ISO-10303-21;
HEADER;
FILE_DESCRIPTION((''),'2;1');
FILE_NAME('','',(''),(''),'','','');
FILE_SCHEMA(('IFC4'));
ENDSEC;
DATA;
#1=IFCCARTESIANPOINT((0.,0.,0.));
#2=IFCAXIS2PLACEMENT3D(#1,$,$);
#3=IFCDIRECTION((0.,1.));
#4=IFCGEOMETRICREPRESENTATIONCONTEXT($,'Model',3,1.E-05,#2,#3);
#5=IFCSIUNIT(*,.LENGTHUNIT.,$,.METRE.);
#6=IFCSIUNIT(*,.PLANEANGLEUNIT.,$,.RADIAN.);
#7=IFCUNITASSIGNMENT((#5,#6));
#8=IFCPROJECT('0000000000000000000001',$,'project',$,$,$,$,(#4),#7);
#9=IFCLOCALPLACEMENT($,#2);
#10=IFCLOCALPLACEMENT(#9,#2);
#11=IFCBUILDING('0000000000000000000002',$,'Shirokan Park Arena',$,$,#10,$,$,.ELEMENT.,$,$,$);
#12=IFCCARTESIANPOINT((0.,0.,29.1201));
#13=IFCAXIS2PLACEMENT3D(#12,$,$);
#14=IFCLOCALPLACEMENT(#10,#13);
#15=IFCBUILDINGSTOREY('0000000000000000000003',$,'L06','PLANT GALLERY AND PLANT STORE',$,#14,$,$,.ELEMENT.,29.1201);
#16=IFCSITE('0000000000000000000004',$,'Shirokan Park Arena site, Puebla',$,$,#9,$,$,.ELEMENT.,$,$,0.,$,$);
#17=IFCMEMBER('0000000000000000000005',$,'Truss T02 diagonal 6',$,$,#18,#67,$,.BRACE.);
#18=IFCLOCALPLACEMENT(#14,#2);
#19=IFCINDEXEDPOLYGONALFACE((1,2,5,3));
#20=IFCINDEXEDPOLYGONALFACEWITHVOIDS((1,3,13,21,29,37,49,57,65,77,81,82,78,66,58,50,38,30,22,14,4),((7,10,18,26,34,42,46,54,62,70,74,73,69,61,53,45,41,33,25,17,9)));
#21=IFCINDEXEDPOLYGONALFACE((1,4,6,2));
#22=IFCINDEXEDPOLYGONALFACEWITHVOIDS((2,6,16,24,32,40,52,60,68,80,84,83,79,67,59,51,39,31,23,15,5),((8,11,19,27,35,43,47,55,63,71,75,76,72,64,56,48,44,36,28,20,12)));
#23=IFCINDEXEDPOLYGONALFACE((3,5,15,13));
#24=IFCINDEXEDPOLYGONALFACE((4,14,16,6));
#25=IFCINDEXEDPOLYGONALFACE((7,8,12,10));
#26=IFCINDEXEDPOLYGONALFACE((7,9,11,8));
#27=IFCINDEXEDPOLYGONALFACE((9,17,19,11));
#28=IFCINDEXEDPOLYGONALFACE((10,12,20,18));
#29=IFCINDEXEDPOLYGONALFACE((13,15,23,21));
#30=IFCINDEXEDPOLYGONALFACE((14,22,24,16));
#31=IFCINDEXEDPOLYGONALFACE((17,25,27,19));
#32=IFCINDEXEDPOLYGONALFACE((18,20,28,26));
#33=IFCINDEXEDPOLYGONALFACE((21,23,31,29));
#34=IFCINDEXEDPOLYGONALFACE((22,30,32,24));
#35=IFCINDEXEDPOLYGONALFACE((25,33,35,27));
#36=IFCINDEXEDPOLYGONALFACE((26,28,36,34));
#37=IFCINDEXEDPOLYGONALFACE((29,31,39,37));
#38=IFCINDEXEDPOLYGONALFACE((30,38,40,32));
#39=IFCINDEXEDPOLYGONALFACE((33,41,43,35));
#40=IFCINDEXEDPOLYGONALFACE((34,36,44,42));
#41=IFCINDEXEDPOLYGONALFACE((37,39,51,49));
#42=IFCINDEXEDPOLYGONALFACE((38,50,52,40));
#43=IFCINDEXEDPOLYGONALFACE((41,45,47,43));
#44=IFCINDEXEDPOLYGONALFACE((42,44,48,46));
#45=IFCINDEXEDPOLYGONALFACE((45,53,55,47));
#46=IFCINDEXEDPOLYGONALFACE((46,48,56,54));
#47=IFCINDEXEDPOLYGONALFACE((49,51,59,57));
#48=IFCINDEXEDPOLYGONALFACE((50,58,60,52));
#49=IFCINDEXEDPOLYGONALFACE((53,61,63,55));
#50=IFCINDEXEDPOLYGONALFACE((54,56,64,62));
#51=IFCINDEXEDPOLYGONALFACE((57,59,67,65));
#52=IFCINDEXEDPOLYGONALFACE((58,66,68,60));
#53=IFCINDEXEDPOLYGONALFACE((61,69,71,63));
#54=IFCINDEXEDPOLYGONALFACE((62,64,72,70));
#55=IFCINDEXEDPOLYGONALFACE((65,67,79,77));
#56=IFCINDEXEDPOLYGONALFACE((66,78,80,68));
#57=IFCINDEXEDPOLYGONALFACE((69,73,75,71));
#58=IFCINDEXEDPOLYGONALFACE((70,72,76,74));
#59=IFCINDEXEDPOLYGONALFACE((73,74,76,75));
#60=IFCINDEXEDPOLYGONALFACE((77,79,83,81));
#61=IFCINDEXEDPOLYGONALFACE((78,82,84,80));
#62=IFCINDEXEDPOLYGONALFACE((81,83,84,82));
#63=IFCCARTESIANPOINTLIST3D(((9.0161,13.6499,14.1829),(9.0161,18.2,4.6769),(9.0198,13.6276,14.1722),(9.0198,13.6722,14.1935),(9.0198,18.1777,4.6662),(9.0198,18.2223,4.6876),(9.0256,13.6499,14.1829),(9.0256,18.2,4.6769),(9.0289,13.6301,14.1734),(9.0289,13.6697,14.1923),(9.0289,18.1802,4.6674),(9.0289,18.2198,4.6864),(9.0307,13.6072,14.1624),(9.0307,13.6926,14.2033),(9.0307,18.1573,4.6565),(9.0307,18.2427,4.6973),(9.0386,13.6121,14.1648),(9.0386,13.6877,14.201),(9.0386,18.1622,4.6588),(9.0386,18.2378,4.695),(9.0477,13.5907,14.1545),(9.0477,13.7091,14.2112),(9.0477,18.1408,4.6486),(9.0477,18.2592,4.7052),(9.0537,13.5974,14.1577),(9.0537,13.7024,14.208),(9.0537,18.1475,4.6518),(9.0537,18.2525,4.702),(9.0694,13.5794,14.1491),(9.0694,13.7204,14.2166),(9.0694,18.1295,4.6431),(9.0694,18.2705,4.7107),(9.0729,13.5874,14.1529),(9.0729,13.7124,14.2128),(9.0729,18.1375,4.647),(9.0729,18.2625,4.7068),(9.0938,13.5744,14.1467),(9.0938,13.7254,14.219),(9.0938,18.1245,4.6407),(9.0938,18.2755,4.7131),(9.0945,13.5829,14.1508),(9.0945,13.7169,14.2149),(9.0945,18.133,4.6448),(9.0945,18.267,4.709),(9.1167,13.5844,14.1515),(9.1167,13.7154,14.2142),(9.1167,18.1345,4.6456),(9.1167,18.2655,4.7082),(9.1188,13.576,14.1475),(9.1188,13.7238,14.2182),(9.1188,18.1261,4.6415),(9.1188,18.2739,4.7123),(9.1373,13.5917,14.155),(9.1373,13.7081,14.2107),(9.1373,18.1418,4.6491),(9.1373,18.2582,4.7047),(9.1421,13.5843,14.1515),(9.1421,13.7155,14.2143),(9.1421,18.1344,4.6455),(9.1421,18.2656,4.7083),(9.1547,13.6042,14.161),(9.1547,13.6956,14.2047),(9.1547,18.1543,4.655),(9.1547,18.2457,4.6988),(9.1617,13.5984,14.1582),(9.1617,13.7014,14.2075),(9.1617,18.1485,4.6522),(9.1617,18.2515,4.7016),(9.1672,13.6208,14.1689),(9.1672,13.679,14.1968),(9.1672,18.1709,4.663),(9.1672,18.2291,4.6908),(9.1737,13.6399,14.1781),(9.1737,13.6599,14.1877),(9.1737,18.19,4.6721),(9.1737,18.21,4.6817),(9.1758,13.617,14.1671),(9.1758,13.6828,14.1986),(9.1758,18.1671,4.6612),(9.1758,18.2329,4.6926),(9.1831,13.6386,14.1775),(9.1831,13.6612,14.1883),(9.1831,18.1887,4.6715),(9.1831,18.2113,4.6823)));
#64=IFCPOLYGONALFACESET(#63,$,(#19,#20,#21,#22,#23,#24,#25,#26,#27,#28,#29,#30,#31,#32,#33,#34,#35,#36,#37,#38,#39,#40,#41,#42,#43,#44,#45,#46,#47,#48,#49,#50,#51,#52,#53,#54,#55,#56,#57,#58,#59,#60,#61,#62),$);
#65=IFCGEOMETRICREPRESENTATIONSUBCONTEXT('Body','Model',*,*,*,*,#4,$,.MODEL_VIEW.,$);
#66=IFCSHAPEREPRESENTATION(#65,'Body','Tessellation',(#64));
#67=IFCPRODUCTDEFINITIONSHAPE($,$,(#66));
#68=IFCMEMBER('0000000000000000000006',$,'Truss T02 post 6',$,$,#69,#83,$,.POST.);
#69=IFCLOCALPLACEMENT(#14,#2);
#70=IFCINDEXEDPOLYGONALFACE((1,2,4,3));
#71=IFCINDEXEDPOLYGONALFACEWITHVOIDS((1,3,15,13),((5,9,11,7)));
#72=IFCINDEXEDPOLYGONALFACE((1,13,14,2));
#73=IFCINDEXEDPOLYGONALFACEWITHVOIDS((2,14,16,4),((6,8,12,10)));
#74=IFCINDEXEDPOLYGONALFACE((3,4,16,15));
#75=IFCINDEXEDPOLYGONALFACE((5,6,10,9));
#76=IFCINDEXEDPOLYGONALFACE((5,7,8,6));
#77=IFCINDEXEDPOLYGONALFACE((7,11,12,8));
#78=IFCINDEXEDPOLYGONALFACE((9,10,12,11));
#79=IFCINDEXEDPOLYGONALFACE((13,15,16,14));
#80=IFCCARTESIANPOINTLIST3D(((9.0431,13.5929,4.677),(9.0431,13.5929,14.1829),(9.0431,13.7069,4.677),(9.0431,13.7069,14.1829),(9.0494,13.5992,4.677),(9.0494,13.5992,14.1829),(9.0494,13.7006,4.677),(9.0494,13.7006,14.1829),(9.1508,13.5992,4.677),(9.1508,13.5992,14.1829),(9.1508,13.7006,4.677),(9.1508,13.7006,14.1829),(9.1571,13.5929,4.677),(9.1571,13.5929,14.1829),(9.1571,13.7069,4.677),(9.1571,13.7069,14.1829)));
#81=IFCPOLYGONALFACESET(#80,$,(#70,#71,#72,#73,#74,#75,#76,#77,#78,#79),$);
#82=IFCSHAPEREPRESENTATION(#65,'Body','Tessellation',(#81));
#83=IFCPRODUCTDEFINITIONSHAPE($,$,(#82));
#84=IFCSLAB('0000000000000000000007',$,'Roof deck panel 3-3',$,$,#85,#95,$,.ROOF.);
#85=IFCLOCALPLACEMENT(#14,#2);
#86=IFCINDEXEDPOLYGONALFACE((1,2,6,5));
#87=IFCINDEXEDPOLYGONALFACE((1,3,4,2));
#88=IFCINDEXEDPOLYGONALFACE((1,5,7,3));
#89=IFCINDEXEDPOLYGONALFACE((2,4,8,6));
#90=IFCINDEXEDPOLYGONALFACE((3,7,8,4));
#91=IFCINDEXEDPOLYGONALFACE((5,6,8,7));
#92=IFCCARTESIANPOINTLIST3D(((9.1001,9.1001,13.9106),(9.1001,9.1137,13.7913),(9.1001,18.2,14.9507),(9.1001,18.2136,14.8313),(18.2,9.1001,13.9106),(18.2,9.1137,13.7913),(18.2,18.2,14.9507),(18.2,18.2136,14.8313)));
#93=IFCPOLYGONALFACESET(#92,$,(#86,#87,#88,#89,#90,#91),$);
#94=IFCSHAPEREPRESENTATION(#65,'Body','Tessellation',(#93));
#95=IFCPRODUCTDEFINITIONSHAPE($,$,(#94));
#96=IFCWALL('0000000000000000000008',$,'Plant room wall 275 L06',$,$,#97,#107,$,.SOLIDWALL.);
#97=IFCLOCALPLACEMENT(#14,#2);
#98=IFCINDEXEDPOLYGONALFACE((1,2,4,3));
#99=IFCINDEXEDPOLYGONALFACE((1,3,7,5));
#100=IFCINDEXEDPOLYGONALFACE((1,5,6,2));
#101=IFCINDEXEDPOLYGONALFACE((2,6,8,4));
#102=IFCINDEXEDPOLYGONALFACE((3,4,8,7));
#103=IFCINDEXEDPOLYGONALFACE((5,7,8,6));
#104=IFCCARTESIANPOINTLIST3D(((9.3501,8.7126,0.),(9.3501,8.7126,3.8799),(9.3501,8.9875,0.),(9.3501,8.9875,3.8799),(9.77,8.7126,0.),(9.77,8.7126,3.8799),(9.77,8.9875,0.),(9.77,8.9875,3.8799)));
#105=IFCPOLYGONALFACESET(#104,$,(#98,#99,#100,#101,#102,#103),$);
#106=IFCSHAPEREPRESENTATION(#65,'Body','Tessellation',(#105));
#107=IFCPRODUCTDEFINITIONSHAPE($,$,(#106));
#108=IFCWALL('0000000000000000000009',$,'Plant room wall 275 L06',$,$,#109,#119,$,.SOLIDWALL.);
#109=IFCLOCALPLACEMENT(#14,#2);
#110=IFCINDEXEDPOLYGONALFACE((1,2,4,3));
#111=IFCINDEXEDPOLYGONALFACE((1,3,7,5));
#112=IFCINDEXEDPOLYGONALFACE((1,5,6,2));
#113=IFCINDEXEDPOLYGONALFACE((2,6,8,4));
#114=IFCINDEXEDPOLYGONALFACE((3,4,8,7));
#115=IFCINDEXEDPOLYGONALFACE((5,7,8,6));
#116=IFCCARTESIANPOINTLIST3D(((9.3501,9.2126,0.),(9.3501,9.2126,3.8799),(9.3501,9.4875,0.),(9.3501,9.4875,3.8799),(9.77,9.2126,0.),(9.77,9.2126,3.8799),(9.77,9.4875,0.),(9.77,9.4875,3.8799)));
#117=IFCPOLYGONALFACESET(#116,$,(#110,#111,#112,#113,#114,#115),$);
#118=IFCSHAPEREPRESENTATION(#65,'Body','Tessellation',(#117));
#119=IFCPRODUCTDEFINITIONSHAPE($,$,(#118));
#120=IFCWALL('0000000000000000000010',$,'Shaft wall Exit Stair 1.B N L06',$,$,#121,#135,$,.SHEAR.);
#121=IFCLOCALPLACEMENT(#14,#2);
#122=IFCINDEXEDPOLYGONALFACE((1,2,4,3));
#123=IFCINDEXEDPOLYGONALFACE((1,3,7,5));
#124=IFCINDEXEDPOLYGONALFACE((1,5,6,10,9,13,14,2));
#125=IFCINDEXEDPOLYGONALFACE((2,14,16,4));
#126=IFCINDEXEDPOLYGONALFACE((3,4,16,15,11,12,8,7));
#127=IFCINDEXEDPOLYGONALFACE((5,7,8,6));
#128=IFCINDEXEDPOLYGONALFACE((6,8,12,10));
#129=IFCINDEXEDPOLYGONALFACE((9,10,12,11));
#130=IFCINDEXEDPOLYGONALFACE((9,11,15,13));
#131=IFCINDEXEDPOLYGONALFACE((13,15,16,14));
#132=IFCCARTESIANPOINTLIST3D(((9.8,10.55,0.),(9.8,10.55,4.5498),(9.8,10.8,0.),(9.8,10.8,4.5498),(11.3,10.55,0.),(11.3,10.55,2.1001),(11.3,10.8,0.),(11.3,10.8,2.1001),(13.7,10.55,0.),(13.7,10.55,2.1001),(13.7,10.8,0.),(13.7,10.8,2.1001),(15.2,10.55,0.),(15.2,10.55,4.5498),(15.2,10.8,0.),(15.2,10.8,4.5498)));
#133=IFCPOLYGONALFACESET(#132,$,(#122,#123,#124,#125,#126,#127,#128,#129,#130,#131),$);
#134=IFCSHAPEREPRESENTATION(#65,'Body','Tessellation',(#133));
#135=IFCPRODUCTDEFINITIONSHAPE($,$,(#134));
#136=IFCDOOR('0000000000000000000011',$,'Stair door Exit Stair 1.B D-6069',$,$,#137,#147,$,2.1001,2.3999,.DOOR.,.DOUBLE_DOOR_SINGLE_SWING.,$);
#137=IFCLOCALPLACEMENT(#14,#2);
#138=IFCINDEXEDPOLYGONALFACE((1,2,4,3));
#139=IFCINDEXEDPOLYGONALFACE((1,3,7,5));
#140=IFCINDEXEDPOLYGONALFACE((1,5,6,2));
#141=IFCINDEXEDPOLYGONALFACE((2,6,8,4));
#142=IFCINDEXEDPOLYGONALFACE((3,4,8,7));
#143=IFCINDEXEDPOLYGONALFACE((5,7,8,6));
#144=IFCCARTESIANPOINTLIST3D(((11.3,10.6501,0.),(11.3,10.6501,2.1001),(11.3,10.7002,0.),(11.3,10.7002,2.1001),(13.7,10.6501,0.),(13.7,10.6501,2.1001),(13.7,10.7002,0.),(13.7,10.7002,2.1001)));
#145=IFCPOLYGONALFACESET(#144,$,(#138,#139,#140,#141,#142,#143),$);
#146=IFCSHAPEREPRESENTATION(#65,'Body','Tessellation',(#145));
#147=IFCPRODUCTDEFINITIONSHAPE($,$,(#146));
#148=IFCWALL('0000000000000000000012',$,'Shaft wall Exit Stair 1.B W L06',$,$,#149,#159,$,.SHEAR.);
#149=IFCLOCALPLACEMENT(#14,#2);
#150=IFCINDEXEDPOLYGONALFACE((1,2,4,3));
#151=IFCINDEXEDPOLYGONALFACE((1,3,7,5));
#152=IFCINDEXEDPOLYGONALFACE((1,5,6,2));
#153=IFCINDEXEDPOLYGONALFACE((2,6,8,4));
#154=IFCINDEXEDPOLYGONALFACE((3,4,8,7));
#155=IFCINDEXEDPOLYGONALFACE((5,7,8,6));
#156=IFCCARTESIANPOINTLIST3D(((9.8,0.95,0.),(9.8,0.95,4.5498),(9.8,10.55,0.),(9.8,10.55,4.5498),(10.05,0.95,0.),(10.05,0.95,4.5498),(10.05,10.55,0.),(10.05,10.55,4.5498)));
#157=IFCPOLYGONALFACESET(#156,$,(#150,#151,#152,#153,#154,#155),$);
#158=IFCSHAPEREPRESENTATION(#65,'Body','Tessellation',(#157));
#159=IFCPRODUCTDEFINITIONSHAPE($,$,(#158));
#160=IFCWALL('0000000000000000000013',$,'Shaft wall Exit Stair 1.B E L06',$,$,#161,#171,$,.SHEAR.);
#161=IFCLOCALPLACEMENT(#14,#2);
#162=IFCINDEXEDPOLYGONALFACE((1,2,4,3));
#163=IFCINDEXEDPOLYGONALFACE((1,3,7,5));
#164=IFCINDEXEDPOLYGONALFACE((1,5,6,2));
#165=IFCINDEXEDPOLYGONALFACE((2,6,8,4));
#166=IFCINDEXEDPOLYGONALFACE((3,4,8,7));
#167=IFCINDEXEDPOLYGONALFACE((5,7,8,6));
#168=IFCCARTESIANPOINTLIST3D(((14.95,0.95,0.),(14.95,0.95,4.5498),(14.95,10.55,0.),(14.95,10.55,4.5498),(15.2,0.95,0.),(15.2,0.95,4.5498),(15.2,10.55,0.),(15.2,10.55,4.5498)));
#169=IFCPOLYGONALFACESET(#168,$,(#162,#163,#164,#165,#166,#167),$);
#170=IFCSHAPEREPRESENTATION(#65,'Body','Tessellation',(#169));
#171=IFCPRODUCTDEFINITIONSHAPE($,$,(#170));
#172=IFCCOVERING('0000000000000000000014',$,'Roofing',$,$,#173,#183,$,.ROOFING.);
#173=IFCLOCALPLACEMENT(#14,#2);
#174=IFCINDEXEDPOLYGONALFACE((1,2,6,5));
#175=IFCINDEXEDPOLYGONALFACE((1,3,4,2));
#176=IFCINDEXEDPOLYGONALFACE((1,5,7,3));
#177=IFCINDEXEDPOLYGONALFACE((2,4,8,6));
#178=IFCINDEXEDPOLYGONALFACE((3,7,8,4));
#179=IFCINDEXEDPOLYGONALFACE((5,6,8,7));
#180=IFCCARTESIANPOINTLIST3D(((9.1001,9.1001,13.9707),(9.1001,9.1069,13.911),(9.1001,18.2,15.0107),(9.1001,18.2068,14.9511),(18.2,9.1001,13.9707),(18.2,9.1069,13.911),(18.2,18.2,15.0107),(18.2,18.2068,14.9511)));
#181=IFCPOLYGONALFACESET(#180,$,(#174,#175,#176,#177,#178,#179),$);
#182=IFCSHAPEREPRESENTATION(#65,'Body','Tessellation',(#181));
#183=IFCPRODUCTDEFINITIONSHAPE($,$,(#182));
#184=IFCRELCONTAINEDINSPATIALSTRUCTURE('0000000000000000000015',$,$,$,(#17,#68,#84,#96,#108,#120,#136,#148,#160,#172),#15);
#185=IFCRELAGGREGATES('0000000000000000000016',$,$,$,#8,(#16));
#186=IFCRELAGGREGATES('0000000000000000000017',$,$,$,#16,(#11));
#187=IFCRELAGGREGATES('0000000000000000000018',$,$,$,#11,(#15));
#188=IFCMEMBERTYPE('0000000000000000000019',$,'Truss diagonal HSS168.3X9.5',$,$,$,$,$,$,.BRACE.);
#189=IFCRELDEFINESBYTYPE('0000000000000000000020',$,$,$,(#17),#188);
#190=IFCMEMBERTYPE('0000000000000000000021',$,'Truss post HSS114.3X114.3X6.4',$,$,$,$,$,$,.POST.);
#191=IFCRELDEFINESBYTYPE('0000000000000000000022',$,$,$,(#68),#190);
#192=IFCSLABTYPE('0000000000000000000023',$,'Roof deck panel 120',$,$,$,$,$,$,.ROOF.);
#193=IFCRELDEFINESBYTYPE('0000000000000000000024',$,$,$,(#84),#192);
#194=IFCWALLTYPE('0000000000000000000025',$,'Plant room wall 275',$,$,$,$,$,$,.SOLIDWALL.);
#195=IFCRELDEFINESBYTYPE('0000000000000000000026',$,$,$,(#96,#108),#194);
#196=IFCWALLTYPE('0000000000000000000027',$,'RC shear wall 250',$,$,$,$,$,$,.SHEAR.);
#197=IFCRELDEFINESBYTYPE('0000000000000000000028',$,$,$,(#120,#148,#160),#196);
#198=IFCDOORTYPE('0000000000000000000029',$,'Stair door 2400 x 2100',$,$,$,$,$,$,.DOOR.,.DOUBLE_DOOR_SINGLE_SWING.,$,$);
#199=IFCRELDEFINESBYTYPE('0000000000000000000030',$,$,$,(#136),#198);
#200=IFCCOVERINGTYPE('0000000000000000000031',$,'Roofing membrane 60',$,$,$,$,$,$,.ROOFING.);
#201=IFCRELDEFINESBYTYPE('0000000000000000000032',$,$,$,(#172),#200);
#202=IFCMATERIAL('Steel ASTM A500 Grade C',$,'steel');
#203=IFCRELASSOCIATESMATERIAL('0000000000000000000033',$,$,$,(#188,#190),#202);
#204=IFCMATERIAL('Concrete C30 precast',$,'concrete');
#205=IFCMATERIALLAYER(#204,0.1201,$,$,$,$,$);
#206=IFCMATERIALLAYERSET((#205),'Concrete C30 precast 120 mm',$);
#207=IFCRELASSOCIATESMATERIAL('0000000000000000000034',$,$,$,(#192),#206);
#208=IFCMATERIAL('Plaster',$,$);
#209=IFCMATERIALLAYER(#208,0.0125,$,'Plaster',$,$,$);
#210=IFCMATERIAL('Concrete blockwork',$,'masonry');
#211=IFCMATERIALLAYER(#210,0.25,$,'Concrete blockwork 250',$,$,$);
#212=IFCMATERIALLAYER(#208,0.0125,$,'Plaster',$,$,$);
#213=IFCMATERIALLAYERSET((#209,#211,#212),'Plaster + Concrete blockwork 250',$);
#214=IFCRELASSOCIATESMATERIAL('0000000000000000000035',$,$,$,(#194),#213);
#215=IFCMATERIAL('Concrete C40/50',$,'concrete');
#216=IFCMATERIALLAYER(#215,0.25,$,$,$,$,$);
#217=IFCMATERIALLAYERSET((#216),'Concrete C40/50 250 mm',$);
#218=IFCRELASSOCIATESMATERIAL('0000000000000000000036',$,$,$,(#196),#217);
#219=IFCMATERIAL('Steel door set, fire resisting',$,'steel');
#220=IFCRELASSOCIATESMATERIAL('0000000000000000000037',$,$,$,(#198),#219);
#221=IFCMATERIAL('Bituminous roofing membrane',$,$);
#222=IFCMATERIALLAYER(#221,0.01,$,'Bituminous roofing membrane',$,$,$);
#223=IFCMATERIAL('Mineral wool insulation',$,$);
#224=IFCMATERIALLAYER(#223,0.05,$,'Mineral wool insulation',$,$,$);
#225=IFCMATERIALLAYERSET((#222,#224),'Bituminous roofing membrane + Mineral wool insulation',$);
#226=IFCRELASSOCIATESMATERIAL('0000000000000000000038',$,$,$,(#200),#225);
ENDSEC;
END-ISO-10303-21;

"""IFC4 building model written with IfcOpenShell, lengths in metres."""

from ifc_helpers import new_model, si_unit, direction, frame, frame_2d, origin, origin_2d, place, context, subcontext, project, spatial, polyline, rectangle, hollow_rectangle, hollow_circle, outline, extrude, material, layer, layer_set, material_profile, profile_set, type_object, element, fill, save


model = new_model("IFC4")

# Units and contexts
model_context = context("Model", 3, precision=1e-05, world=origin(), true_north=direction((0.0, 1.0)))
body_context = subcontext(model_context, "Body", "Model", "MODEL_VIEW")
ifc_project = project(units=[si_unit("LENGTHUNIT", "METRE"), si_unit("PLANEANGLEUNIT", "RADIAN")], contexts=[model_context])

# Site, building, storey
site_placement = place(None, origin())
site = spatial("IfcSite", under=ifc_project, at=site_placement, Name="Shirokan Park Arena site, Puebla", CompositionType="ELEMENT", RefElevation=0.0)
building_placement = place(site_placement, origin())
building = spatial("IfcBuilding", under=site, at=building_placement, Name="Shirokan Park Arena", CompositionType="ELEMENT")
storey_placement = place(building_placement, frame((0.0, 0.0, 29.1201)))
storey = spatial("IfcBuildingStorey", under=building, at=storey_placement, Name="L06", Description="PLANT GALLERY AND PLANT STORE", CompositionType="ELEMENT", Elevation=29.1201)

# Shared definitions
ifc_material_1 = material(Name="Steel ASTM A500 Grade C", Category="steel")

# Members
ifc_material_profile_1 = material_profile(ifc_material_1, hollow_circle(Radius=0.084, WallThickness=0.0095, at=origin_2d()), Name="HSS168.3X9.5")
ifc_profile_set_1 = profile_set([ifc_material_profile_1], Name="Steel ASTM A500 Grade C")
member_type_1 = type_object("IfcMemberType", Name="Truss diagonal HSS168.3X9.5", PredefinedType="BRACE", material=ifc_profile_set_1)
member_1_placement = place(storey_placement, frame((9.1001, 13.6499, 14.1829), z_axis=(0.0, 0.431746, -0.901995), x_axis=(-1.0, 0.0, 0.0)))
element("IfcMember", 1, at=member_1_placement, inside=storey, type_object=member_type_1, Name="Truss T02 diagonal 6", PredefinedType="BRACE", context=body_context, shape_type="SweptSolid", body=[
    extrude(hollow_circle(Radius=0.084, WallThickness=0.0095, at=origin_2d()), origin(), (0.0, 0.0, 1.0), 10.5388),
])
ifc_material_profile_2 = material_profile(ifc_material_1, hollow_rectangle(XDim=0.114, YDim=0.114, WallThickness=0.0063, at=origin_2d()), Name="HSS114.3X114.3X6.4")
ifc_profile_set_2 = profile_set([ifc_material_profile_2], Name="Steel ASTM A500 Grade C")
member_type_2 = type_object("IfcMemberType", Name="Truss post HSS114.3X114.3X6.4", PredefinedType="POST", material=ifc_profile_set_2)
member_2_placement = place(storey_placement, frame((9.1001, 13.6499, 4.677), z_axis=(0.0, 0.0, 1.0), x_axis=(1.0, 0.0, 0.0)))
element("IfcMember", 2, at=member_2_placement, inside=storey, type_object=member_type_2, Name="Truss T02 post 6", PredefinedType="POST", context=body_context, shape_type="SweptSolid", body=[
    extrude(hollow_rectangle(XDim=0.114, YDim=0.114, WallThickness=0.0063, at=origin_2d()), origin(), (0.0, 0.0, 1.0), 9.5059),
])

# Slab
ifc_material_2 = material(Name="Concrete C30 precast", Category="concrete")
ifc_layer_1 = layer(ifc_material_2, 0.1201)
ifc_layer_set_1 = layer_set([ifc_layer_1], Name="Concrete C30 precast 120 mm")
slab_type = type_object("IfcSlabType", Name="Roof deck panel 120", PredefinedType="ROOF", material=ifc_layer_set_1)
slab_placement = place(storey_placement, frame((9.1001, 9.1001, 13.9106), z_axis=(0.0, -0.113553, 0.993532), x_axis=(1.0, 0.0, 0.0)))
element("IfcSlab", 3, at=slab_placement, inside=storey, type_object=slab_type, Name="Roof deck panel 3-3", PredefinedType="ROOF", context=body_context, shape_type="SweptSolid", body=[
    extrude(outline(polyline([(0.0, 0.0), (9.0999, 0.0), (9.0999, 9.1591), (0.0, 9.1591), (0.0, 0.0)])), origin(), (0.0, 0.0, -1.0), 0.1201),
])

# Walls
ifc_material_3 = material(Name="Plaster")
ifc_layer_2 = layer(ifc_material_3, 0.0125, Name="Plaster")
ifc_material_4 = material(Name="Concrete blockwork", Category="masonry")
ifc_layer_3 = layer(ifc_material_4, 0.25, Name="Concrete blockwork 250")
ifc_layer_4 = layer(ifc_material_3, 0.0125, Name="Plaster")
ifc_layer_set_2 = layer_set([ifc_layer_2, ifc_layer_3, ifc_layer_4], Name="Plaster + Concrete blockwork 250")
wall_type_1 = type_object("IfcWallType", Name="Plant room wall 275", PredefinedType="SOLIDWALL", material=ifc_layer_set_2)
for number, where, z_axis, x_axis, name in (
    (4, (9.3501, 8.8501, 0.0), (0.0, 0.0, 1.0), (1.0, 0.0, 0.0), "Plant room wall 275 L06"),
    (5, (9.77, 9.3501, 0.0), (0.0, 0.0, 1.0), (-1.0, 0.0, 0.0), "Plant room wall 275 L06"),
):
    element("IfcWall", number, at=place(storey_placement, frame(where, z_axis=z_axis, x_axis=x_axis)), inside=storey, type_object=wall_type_1, Name=name, PredefinedType="SOLIDWALL", context=body_context, shape_type="SweptSolid", body=[
        extrude(rectangle(XDim=0.4199, YDim=0.2749, at=frame_2d((0.21, 0.0))), origin(), (0.0, 0.0, 1.0), 3.8799),
    ])

# Wall, opening, door
ifc_material_5 = material(Name="Concrete C40/50", Category="concrete")
ifc_layer_5 = layer(ifc_material_5, 0.25)
ifc_layer_set_3 = layer_set([ifc_layer_5], Name="Concrete C40/50 250 mm")
wall_type_2 = type_object("IfcWallType", Name="RC shear wall 250", PredefinedType="SHEAR", material=ifc_layer_set_3)
wall_1_placement = place(storey_placement, frame((15.2, 10.675, 0.0), z_axis=(0.0, 0.0, 1.0), x_axis=(-1.0, 0.0, 0.0)))
wall_1 = element("IfcWall", 6, at=wall_1_placement, inside=storey, type_object=wall_type_2, Name="Shaft wall Exit Stair 1.B N L06", PredefinedType="SHEAR", context=body_context, shape_type="SweptSolid", body=[
    extrude(rectangle(XDim=5.3999, YDim=0.25, at=frame_2d((2.7, 0.0))), origin(), (0.0, 0.0, 1.0), 4.5498),
])
opening_1_placement = place(wall_1_placement, frame((1.5, 0.0, 0.0)))
opening_1 = element("IfcOpeningElement", 7, at=opening_1_placement, cuts=wall_1, PredefinedType="OPENING", context=body_context, shape_type="SweptSolid", body=[
    extrude(rectangle(XDim=2.3999, YDim=2.1001, at=frame_2d((1.2, 1.05))), frame((0.0, 0.135, 0.0), z_axis=(0.0, -1.0, 0.0), x_axis=(1.0, 0.0, 0.0)), (0.0, 0.0, 1.0), 0.27),
])
ifc_material_6 = material(Name="Steel door set, fire resisting", Category="steel")
door_type_1 = type_object("IfcDoorType", Name="Stair door 2400 x 2100", OperationType="DOUBLE_DOOR_SINGLE_SWING", PredefinedType="DOOR", material=ifc_material_6)
door_1_placement = place(opening_1_placement, origin())
door_1 = element("IfcDoor", 8, at=door_1_placement, inside=storey, type_object=door_type_1, Name="Stair door Exit Stair 1.B D-6069", OperationType="DOUBLE_DOOR_SINGLE_SWING", OverallHeight=2.1001, OverallWidth=2.3999, PredefinedType="DOOR", context=body_context, shape_type="SweptSolid", body=[
    extrude(rectangle(XDim=2.3999, YDim=2.1001, at=frame_2d((1.2, 1.05))), frame((0.0, 0.0249, 0.0), z_axis=(0.0, -1.0, 0.0), x_axis=(1.0, 0.0, 0.0)), (0.0, 0.0, 1.0), 0.05),
])
fill(opening_1, door_1)

# Walls
for number, where, z_axis, x_axis, name in (
    (9, (9.925, 10.55, 0.0), (0.0, 0.0, 1.0), (0.0, -1.0, 0.0), "Shaft wall Exit Stair 1.B W L06"),
    (10, (15.075, 10.55, 0.0), (0.0, 0.0, 1.0), (0.0, -1.0, 0.0), "Shaft wall Exit Stair 1.B E L06"),
):
    element("IfcWall", number, at=place(storey_placement, frame(where, z_axis=z_axis, x_axis=x_axis)), inside=storey, type_object=wall_type_2, Name=name, PredefinedType="SHEAR", context=body_context, shape_type="SweptSolid", body=[
        extrude(rectangle(XDim=9.6001, YDim=0.25, at=frame_2d((4.8, 0.0))), origin(), (0.0, 0.0, 1.0), 4.5498),
    ])

# Covering
ifc_material_7 = material(Name="Bituminous roofing membrane")
ifc_layer_6 = layer(ifc_material_7, 0.01, Name="Bituminous roofing membrane")
ifc_material_8 = material(Name="Mineral wool insulation")
ifc_layer_7 = layer(ifc_material_8, 0.05, Name="Mineral wool insulation")
ifc_layer_set_4 = layer_set([ifc_layer_6, ifc_layer_7], Name="Bituminous roofing membrane + Mineral wool insulation")
covering_type = type_object("IfcCoveringType", Name="Roofing membrane 60", PredefinedType="ROOFING", material=ifc_layer_set_4)
covering_placement = place(storey_placement, frame((9.1001, 9.1001, 13.9707), z_axis=(0.0, -0.113553, 0.993532), x_axis=(1.0, 0.0, 0.0)))
element("IfcCovering", 11, at=covering_placement, inside=storey, type_object=covering_type, Name="Roofing", PredefinedType="ROOFING", context=body_context, shape_type="SweptSolid", body=[
    extrude(outline(polyline([(0.0, 0.0), (9.0999, 0.0), (9.0999, 9.1591), (0.0, 9.1591), (0.0, 0.0)])), origin(), (0.0, 0.0, -1.0), 0.0601),
])

save(model, "model.ifc")
